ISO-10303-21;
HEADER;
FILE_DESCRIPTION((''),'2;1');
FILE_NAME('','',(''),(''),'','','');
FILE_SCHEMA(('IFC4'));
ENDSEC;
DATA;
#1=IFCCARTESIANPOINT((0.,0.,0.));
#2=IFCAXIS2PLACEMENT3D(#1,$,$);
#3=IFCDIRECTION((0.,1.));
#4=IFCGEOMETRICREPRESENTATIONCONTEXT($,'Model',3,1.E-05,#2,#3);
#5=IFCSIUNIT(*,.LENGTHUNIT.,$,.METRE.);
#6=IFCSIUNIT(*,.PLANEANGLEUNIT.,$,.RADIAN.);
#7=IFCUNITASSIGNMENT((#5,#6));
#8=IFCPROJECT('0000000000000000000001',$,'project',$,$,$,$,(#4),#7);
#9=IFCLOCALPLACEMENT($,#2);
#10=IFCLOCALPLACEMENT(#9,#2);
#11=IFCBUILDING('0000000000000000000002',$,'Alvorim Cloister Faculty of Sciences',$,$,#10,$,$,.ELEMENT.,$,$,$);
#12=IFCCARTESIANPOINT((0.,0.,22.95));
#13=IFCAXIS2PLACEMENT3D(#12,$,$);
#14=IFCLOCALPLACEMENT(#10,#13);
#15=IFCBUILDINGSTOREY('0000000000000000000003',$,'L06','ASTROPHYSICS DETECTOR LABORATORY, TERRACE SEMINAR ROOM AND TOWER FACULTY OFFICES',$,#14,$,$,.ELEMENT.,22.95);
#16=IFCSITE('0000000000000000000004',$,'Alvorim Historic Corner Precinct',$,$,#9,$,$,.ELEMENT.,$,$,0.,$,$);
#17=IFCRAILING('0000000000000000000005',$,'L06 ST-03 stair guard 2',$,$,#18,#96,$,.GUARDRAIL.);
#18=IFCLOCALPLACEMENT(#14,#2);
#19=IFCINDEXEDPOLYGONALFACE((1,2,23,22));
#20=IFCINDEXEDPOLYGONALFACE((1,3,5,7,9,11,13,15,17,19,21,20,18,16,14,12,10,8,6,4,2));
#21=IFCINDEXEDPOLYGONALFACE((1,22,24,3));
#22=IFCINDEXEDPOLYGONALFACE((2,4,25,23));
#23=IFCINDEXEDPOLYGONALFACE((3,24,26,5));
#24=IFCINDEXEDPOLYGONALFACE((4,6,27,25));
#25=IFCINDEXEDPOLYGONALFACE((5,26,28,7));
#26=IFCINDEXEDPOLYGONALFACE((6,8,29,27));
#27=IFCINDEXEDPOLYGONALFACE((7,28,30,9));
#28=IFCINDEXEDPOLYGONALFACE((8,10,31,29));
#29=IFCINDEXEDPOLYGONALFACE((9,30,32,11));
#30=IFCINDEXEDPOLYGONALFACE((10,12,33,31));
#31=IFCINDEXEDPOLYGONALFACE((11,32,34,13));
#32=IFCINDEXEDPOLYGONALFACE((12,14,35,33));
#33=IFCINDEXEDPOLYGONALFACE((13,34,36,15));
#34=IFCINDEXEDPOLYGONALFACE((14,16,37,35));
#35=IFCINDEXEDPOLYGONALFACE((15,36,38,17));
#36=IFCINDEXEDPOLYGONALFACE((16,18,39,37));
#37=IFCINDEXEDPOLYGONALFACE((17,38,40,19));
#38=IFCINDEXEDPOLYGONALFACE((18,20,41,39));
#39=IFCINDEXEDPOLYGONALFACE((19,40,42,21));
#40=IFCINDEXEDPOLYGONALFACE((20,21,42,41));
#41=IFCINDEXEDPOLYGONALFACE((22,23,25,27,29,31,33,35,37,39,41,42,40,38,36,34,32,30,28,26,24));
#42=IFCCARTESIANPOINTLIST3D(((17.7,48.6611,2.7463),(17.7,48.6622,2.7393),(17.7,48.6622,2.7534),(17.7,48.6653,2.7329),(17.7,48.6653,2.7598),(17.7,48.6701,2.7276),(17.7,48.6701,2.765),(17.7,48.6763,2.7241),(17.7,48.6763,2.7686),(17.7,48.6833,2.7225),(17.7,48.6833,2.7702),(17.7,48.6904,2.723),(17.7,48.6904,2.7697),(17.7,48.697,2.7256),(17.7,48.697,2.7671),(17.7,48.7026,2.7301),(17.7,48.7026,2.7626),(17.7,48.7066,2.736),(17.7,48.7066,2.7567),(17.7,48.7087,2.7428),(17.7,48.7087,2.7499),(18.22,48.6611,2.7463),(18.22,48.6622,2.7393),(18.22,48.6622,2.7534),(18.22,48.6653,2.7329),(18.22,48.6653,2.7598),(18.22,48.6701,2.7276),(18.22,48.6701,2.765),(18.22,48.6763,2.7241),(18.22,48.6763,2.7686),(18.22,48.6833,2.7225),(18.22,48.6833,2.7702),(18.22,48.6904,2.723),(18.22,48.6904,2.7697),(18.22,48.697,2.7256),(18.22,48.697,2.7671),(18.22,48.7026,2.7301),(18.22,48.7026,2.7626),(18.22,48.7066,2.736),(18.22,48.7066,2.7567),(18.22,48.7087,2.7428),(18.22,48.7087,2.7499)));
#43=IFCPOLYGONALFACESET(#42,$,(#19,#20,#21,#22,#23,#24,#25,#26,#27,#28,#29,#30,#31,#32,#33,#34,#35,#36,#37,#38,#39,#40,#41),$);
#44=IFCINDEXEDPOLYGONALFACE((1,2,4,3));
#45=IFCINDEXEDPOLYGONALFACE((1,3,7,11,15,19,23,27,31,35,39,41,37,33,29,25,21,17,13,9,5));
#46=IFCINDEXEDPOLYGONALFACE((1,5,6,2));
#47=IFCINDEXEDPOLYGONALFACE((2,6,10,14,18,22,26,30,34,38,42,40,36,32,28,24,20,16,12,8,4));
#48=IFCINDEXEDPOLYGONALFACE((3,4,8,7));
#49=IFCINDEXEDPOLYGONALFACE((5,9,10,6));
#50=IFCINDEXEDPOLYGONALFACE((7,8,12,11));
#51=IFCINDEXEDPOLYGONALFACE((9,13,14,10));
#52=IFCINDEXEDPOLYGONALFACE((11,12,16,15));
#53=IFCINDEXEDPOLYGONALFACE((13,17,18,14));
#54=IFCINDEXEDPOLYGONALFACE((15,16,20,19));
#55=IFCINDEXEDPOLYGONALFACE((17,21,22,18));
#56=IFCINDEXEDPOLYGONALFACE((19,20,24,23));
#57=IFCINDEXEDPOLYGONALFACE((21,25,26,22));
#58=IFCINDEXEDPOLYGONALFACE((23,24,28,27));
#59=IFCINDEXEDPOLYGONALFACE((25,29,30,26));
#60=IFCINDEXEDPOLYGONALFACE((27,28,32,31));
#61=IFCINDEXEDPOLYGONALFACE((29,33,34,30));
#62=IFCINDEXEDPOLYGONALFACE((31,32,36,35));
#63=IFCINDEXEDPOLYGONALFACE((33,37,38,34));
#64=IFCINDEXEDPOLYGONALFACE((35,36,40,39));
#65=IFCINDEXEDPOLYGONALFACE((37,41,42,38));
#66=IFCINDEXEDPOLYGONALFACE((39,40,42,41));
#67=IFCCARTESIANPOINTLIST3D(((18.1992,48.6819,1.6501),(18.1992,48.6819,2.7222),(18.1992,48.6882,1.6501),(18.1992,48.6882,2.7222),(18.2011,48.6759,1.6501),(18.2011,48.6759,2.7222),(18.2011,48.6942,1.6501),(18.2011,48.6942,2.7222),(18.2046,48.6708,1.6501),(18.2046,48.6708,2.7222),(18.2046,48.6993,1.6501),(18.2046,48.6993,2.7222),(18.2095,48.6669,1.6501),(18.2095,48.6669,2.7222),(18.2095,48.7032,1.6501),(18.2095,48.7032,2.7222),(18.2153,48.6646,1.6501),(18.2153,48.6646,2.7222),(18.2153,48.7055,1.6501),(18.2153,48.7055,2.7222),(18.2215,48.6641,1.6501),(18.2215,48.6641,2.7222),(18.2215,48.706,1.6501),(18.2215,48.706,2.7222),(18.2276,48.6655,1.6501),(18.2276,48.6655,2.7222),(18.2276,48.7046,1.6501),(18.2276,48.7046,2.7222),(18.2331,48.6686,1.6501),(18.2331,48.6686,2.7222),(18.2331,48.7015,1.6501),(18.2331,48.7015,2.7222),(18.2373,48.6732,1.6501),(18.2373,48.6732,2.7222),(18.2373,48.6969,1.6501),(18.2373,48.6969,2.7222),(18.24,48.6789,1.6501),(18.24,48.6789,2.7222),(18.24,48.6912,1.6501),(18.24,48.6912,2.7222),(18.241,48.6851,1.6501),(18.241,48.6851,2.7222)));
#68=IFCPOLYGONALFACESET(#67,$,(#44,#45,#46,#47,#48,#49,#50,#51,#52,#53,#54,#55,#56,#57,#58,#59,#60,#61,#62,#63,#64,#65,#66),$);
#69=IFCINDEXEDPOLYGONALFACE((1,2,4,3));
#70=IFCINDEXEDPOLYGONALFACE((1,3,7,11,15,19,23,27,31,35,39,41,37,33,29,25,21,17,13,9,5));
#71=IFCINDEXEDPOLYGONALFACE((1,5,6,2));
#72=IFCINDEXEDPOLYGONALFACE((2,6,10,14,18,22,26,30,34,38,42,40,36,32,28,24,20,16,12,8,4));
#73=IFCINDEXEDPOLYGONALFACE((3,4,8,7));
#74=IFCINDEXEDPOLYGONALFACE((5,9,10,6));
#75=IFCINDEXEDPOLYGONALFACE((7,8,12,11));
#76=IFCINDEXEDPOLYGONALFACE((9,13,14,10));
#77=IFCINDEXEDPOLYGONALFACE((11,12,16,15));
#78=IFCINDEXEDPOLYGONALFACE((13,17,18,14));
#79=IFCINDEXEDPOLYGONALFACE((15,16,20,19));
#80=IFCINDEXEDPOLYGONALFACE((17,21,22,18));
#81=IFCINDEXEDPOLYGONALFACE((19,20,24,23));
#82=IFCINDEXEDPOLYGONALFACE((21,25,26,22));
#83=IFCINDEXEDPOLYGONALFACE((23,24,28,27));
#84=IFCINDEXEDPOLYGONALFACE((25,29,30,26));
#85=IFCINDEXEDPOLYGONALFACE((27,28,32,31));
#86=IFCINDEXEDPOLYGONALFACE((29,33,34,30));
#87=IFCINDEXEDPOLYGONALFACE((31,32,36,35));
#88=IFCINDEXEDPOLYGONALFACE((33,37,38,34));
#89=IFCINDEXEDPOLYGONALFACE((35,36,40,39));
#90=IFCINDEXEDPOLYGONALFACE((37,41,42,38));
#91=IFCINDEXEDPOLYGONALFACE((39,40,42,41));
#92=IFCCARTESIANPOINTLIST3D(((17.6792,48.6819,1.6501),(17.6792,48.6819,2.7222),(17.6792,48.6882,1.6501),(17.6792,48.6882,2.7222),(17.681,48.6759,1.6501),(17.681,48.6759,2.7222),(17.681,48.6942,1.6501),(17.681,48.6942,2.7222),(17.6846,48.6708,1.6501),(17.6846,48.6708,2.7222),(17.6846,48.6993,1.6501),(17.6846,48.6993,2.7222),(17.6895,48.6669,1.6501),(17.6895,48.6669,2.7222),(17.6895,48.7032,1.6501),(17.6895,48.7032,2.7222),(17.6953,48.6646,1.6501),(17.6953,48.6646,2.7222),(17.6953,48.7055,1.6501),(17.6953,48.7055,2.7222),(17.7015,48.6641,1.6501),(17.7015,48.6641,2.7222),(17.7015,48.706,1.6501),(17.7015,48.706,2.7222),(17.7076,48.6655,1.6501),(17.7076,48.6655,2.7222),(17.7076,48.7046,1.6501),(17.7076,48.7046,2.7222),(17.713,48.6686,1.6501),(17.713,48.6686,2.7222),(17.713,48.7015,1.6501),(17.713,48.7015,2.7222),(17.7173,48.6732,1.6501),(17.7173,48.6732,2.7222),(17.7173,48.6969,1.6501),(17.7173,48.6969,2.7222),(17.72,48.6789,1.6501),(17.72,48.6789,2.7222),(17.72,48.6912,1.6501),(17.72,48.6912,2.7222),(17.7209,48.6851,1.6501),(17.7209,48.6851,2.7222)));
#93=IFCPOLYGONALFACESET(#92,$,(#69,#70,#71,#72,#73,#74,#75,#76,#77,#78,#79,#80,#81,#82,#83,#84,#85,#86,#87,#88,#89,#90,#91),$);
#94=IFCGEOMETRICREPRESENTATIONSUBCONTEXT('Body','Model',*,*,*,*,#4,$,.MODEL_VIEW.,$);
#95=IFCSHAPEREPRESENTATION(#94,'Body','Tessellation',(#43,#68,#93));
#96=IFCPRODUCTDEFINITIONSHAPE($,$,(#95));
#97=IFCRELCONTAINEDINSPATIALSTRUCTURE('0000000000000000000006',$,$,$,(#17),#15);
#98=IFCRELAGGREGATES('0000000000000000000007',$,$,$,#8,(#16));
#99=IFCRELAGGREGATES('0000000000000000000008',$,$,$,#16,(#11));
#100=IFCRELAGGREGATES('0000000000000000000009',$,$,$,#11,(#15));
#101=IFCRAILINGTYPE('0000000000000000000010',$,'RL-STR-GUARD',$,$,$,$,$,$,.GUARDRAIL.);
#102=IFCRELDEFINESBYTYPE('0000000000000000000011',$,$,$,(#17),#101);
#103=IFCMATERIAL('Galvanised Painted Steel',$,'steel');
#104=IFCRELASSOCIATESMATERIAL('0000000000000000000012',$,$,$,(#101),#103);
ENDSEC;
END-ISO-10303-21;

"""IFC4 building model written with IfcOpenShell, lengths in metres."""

from ifc_helpers import new_model, si_unit, direction, frame, origin, origin_2d, place, context, subcontext, project, spatial, circle, extrude, material, type_object, element, save


model = new_model("IFC4")

# Units and contexts
model_context = context("Model", 3, precision=1e-05, world=origin(), true_north=direction((0.0, 1.0)))
body_context = subcontext(model_context, "Body", "Model", "MODEL_VIEW")
ifc_project = project(units=[si_unit("LENGTHUNIT", "METRE"), si_unit("PLANEANGLEUNIT", "RADIAN")], contexts=[model_context])

# Site, building, storey
site_placement = place(None, origin())
site = spatial("IfcSite", under=ifc_project, at=site_placement, Name="Alvorim Historic Corner Precinct", CompositionType="ELEMENT", RefElevation=0.0)
building_placement = place(site_placement, origin())
building = spatial("IfcBuilding", under=site, at=building_placement, Name="Alvorim Cloister Faculty of Sciences", CompositionType="ELEMENT")
storey_placement = place(building_placement, frame((0.0, 0.0, 22.95)))
storey = spatial("IfcBuildingStorey", under=building, at=storey_placement, Name="L06", Description="ASTROPHYSICS DETECTOR LABORATORY, TERRACE SEMINAR ROOM AND TOWER FACULTY OFFICES", CompositionType="ELEMENT", Elevation=22.95)

# Railing
ifc_material_1 = material(Name="Galvanised Painted Steel", Category="steel")
railing_type_1 = type_object("IfcRailingType", Name="RL-STR-GUARD", PredefinedType="GUARDRAIL", material=ifc_material_1)
railing_1_placement = place(storey_placement, frame((18.22, 48.6851, 1.6501)))
element("IfcRailing", 1, at=railing_1_placement, inside=storey, type_object=railing_type_1, Name="L06 ST-03 stair guard 2", PredefinedType="GUARDRAIL", context=body_context, shape_type="SweptSolid", body=[
    extrude(circle(Radius=0.0239, at=origin_2d()), frame((0.0, 0.0, 1.0962), z_axis=(-1.0, 0.0, 0.0), x_axis=(0.0, -1.0, 0.0)), (0.0, 0.0, 1.0), 0.52),
    extrude(circle(Radius=0.021, at=origin_2d()), origin(), (0.0, 0.0, 1.0), 1.072),
    extrude(circle(Radius=0.021, at=origin_2d()), frame((-0.52, 0.0, 0.0)), (0.0, 0.0, 1.0), 1.072),
])

save(model, "model.ifc")
